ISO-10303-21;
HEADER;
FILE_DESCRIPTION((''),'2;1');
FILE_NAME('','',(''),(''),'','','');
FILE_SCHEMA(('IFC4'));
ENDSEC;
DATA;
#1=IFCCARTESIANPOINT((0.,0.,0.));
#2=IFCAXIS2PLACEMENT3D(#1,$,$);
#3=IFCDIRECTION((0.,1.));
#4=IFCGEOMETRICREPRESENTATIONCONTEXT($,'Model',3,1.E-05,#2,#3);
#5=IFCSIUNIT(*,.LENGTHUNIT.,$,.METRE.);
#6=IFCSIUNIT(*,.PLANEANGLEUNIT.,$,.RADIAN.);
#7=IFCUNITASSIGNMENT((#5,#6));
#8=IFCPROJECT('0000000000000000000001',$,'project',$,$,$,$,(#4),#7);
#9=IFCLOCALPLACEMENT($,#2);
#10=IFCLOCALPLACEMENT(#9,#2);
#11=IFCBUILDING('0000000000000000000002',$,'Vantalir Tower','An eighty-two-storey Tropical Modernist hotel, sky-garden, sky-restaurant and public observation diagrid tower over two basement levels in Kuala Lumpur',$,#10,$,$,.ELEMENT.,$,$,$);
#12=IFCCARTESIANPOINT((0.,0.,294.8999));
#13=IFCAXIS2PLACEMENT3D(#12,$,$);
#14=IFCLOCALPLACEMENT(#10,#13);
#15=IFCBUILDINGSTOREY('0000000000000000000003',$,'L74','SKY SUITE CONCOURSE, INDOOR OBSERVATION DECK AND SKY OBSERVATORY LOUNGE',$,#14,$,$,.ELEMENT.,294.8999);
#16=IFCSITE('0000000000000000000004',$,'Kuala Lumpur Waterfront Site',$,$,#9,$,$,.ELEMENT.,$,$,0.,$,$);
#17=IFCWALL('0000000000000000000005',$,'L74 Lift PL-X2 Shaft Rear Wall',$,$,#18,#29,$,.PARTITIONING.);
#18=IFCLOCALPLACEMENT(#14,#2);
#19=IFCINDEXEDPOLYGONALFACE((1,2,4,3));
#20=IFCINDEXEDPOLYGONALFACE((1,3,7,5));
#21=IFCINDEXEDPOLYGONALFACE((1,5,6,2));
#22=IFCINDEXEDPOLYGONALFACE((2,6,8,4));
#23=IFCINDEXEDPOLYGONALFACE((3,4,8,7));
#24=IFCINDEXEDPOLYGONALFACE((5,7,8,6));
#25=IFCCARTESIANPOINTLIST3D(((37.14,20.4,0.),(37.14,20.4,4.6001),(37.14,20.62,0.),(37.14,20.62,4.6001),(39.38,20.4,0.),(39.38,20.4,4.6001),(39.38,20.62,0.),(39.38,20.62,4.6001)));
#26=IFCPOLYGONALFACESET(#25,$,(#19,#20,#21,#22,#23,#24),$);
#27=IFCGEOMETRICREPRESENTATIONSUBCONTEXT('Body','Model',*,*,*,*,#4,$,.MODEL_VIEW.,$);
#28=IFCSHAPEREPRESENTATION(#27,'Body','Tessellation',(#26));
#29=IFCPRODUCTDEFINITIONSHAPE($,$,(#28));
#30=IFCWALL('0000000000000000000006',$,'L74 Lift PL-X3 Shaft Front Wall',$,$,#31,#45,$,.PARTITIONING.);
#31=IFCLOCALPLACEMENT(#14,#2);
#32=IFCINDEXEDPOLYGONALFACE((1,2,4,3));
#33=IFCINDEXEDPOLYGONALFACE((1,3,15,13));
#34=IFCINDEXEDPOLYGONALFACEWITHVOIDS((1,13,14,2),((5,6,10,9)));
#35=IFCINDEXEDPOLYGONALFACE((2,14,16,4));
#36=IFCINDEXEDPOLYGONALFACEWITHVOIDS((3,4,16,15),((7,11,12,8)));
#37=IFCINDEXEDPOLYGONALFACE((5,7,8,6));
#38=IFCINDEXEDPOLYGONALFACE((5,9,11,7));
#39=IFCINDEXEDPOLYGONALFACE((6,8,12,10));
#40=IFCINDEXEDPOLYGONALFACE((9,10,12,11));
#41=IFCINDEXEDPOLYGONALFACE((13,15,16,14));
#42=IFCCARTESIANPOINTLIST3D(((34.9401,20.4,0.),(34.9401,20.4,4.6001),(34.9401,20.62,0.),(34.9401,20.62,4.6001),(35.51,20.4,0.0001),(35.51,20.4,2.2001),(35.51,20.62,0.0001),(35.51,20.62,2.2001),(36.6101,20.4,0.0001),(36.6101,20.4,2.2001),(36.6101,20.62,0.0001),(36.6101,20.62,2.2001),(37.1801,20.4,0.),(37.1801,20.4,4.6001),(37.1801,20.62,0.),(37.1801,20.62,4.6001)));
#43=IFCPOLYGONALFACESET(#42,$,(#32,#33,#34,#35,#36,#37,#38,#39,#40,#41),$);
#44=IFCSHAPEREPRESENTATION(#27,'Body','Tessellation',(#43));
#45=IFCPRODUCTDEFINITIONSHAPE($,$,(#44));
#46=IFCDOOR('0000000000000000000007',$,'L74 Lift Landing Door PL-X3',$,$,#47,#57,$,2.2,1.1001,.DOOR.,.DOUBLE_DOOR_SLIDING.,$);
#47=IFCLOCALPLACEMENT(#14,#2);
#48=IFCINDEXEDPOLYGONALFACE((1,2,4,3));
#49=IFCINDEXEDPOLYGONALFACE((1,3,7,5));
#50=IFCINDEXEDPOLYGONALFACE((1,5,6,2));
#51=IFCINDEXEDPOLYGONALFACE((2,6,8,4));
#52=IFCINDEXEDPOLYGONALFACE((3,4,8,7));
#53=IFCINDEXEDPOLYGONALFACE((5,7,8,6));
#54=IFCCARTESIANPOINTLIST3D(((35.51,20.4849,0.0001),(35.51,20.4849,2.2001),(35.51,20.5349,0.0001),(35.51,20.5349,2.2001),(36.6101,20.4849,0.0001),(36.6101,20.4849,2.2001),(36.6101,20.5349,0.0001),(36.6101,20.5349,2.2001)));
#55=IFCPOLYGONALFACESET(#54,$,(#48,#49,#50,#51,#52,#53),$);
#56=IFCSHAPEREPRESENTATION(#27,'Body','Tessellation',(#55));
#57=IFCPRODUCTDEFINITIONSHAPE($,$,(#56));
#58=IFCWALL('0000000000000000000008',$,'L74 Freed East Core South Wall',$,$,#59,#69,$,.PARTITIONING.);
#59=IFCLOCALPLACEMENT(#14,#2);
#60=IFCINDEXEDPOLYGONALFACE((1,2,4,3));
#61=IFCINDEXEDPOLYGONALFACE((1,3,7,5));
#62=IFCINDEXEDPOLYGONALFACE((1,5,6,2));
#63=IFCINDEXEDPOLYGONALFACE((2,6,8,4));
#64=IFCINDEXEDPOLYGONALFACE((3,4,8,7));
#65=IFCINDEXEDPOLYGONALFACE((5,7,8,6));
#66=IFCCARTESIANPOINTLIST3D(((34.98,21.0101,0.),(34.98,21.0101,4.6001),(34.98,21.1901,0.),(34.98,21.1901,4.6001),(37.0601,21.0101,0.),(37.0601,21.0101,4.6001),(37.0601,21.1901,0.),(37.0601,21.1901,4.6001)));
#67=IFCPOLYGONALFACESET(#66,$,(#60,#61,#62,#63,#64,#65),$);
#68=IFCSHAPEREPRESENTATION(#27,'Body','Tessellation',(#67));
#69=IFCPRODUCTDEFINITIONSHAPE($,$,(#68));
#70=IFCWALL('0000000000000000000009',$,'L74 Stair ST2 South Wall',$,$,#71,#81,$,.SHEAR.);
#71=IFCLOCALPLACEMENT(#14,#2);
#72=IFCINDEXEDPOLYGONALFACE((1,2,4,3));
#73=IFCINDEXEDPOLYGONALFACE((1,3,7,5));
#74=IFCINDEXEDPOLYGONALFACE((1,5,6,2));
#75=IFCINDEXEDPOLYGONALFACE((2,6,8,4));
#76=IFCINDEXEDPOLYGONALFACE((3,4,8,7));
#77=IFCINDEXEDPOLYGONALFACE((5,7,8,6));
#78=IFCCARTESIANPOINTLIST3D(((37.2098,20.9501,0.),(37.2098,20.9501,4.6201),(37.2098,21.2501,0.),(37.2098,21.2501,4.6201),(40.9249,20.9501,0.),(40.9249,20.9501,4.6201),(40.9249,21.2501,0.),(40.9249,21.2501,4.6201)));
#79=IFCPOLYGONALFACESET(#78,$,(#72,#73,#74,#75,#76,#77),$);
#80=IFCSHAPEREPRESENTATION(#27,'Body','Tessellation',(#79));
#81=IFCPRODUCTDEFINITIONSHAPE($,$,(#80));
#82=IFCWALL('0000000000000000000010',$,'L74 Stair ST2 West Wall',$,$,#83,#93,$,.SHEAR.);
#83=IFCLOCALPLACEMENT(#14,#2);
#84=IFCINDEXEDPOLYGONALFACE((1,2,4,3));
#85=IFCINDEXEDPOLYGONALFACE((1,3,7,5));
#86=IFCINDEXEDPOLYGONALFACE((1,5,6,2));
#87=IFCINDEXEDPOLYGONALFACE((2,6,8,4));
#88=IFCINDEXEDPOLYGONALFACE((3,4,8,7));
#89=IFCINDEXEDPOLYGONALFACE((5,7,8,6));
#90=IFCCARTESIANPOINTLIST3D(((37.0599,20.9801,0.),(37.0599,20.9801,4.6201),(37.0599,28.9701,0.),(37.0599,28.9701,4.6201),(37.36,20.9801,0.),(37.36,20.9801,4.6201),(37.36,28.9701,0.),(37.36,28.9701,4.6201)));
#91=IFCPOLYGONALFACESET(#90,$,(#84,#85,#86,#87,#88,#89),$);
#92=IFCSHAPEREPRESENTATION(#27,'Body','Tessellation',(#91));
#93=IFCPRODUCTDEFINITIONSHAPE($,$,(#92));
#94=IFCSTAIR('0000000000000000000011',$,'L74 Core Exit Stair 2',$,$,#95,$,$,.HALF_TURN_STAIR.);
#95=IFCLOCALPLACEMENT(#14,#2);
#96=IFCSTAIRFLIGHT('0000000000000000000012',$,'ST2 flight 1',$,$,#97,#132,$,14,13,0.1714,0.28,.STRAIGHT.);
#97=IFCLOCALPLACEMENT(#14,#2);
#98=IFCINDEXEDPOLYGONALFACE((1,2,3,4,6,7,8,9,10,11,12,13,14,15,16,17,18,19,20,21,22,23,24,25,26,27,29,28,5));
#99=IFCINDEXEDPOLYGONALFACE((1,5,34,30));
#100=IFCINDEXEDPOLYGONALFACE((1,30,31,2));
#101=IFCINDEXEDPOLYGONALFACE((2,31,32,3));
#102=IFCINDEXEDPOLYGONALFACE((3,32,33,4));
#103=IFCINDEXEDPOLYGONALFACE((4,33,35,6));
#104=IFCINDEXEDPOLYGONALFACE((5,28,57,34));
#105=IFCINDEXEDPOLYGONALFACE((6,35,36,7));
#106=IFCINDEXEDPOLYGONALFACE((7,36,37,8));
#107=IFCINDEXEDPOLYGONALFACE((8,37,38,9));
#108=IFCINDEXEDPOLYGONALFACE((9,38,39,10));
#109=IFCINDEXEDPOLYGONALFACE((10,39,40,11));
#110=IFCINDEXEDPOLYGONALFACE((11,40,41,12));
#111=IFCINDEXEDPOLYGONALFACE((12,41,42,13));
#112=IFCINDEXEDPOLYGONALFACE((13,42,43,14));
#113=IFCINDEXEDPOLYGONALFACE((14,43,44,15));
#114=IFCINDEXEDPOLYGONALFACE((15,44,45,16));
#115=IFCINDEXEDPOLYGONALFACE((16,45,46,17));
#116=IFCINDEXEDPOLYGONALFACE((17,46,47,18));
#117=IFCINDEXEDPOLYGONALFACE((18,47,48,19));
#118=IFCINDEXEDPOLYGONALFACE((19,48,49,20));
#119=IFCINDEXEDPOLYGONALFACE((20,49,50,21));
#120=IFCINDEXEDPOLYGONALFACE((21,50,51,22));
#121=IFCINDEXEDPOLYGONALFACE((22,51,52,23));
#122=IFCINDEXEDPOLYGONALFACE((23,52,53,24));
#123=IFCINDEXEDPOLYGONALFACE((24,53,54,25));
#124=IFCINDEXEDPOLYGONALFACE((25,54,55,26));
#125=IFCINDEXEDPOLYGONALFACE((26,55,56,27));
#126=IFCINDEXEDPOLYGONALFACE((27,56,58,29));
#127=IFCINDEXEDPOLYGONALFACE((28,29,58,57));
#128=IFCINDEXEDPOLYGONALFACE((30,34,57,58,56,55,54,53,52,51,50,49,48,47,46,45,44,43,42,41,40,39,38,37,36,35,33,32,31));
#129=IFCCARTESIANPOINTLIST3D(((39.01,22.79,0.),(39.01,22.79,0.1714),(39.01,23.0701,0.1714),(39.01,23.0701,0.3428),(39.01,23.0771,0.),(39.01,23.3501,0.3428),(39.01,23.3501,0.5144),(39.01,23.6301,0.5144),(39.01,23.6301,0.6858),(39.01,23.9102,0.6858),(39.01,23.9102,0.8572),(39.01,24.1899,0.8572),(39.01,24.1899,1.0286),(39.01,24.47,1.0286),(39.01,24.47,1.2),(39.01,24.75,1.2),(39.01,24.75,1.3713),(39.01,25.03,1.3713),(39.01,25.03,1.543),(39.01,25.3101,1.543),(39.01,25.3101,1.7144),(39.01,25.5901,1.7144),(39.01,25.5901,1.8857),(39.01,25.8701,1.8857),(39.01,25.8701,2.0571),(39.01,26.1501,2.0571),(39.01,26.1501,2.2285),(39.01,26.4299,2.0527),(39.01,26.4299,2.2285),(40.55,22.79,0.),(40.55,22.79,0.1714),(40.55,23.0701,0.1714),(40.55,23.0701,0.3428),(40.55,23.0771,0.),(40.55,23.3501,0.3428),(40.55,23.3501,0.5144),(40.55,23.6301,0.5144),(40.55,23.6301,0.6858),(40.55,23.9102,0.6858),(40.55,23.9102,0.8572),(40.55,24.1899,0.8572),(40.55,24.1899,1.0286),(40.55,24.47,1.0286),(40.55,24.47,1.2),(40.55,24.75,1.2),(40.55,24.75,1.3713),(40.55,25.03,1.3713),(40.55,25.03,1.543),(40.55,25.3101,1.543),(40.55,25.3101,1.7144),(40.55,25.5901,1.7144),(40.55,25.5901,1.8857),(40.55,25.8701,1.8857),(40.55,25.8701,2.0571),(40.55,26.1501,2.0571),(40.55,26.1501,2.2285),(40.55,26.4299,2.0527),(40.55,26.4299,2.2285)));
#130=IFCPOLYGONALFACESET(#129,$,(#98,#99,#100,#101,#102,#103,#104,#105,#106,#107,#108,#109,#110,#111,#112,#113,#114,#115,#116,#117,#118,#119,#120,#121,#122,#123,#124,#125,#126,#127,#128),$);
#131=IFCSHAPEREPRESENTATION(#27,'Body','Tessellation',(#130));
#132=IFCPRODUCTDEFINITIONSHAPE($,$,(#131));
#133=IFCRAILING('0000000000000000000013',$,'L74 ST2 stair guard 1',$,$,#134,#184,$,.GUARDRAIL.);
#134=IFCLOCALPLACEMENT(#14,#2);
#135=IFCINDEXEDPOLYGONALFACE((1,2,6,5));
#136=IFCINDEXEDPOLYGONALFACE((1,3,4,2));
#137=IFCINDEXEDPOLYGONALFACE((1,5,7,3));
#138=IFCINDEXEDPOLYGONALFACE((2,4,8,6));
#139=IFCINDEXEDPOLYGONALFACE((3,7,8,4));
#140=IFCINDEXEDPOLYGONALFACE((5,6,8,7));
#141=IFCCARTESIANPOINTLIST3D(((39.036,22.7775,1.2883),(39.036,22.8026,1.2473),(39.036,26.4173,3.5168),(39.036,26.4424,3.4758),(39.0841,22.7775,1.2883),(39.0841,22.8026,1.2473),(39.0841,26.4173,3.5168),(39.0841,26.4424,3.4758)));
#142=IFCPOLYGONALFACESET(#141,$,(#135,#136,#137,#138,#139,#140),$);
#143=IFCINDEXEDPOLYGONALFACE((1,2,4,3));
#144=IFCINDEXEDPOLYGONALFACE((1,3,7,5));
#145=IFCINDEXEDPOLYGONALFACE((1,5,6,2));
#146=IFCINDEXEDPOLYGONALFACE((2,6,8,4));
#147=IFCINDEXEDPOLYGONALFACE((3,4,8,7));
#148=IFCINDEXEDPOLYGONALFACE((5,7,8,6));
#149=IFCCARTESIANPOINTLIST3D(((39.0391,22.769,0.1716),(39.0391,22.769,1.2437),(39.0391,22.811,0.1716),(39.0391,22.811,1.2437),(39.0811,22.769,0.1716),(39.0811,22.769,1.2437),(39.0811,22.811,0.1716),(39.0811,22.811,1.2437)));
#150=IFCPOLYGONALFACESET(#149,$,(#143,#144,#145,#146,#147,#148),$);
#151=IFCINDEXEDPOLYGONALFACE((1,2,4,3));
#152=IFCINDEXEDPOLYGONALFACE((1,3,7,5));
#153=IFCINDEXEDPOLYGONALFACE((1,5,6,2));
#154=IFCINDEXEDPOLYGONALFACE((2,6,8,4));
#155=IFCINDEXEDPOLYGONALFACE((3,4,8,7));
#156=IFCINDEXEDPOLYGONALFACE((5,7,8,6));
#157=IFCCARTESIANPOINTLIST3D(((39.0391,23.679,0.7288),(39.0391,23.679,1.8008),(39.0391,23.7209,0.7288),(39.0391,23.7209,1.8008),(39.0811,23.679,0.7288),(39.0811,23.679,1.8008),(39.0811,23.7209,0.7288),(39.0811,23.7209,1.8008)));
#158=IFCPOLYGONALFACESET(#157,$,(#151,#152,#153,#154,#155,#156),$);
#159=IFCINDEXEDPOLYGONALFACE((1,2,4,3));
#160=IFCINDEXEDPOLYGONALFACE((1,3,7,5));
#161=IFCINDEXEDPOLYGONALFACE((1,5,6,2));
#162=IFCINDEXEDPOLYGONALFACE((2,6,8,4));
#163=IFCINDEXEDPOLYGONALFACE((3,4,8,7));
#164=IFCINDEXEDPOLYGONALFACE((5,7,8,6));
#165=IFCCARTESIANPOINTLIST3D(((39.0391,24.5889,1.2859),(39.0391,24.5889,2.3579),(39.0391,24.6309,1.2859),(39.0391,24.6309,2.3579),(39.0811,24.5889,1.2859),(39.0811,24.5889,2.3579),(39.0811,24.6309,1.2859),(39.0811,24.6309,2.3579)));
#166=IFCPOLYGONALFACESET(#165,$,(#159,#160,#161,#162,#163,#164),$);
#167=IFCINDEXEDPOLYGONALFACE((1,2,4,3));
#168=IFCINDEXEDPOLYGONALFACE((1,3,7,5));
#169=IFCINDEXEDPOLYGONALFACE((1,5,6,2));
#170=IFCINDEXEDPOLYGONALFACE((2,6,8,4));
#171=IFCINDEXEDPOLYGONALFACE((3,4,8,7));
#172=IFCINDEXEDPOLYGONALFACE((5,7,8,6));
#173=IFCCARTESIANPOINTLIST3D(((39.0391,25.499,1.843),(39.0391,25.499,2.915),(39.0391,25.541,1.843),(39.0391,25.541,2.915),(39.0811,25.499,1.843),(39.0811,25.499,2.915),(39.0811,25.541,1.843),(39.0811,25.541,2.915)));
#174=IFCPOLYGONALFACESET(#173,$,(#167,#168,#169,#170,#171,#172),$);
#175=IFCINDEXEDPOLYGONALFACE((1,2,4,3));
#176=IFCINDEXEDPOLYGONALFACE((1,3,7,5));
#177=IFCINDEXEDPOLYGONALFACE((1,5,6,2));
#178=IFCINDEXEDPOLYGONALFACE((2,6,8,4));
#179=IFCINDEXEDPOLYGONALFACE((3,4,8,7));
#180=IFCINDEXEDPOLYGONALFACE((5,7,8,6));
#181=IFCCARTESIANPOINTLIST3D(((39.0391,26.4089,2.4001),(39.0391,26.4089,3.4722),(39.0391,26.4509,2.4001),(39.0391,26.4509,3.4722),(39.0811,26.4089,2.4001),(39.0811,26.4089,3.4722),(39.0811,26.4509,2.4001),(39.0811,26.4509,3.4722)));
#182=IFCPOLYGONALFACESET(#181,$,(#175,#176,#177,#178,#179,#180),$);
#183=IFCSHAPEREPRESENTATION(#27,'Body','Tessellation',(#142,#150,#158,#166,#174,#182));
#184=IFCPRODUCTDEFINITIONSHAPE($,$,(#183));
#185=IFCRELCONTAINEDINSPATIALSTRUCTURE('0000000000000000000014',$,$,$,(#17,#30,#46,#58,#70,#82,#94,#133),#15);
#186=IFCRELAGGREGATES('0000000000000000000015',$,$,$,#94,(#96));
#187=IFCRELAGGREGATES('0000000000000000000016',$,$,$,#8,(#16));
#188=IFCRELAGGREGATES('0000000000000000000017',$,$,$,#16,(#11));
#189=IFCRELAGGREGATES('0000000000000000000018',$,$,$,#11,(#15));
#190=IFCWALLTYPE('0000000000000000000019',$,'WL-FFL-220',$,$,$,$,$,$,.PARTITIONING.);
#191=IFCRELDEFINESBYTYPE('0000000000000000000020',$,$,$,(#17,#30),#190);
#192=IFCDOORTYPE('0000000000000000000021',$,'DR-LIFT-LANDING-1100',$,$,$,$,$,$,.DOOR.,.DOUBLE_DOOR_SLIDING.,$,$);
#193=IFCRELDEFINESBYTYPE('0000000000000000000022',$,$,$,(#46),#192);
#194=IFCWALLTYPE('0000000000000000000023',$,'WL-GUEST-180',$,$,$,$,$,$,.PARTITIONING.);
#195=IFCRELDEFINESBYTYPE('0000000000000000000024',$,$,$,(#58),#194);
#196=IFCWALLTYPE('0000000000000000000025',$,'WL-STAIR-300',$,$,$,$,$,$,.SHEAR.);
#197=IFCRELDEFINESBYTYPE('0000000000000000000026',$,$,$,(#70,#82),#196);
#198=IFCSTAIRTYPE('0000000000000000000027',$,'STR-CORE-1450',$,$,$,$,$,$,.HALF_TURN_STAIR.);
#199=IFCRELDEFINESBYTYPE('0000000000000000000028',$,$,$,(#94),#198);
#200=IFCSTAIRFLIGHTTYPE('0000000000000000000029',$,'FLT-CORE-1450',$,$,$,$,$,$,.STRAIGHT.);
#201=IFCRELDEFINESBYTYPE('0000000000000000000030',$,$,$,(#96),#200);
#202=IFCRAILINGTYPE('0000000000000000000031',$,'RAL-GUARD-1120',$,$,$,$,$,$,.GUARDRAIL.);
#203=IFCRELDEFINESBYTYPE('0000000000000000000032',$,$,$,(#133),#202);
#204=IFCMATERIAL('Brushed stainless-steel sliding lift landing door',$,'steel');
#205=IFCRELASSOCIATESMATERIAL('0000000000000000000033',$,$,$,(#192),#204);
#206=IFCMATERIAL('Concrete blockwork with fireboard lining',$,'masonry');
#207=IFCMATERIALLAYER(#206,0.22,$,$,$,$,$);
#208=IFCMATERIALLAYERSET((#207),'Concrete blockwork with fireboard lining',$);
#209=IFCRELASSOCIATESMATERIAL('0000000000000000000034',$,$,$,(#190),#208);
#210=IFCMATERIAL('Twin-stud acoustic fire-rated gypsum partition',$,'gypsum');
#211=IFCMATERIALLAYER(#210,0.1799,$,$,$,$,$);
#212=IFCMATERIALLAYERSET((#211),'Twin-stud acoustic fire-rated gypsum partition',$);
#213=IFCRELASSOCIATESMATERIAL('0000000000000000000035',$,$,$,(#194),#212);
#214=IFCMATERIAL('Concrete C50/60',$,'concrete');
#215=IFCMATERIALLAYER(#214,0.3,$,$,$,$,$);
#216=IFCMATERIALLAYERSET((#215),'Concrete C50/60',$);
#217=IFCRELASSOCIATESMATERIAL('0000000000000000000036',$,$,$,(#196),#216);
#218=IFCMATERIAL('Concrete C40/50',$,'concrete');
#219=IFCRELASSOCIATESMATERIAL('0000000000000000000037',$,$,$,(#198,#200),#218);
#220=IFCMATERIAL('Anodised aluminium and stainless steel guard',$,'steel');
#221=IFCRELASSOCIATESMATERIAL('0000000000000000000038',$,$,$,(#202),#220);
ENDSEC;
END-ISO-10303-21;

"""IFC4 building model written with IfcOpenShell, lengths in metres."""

from ifc_helpers import new_model, si_unit, direction, frame, frame_2d, origin, origin_2d, place, context, subcontext, project, spatial, polyline, rectangle, outline, extrude, material, layer, layer_set, type_object, element, fill, aggregate, save


model = new_model("IFC4")

# Units and contexts
model_context = context("Model", 3, precision=1e-05, world=origin(), true_north=direction((0.0, 1.0)))
body_context = subcontext(model_context, "Body", "Model", "MODEL_VIEW")
ifc_project = project(units=[si_unit("LENGTHUNIT", "METRE"), si_unit("PLANEANGLEUNIT", "RADIAN")], contexts=[model_context])

# Site, building, storey
site_placement = place(None, origin())
site = spatial("IfcSite", under=ifc_project, at=site_placement, Name="Kuala Lumpur Waterfront Site", CompositionType="ELEMENT", RefElevation=0.0)
building_placement = place(site_placement, origin())
building = spatial("IfcBuilding", under=site, at=building_placement, Name="Vantalir Tower", Description="An eighty-two-storey Tropical Modernist hotel, sky-garden, sky-restaurant and public observation diagrid tower over two basement levels in Kuala Lumpur", CompositionType="ELEMENT")
storey_placement = place(building_placement, frame((0.0, 0.0, 294.8999)))
storey = spatial("IfcBuildingStorey", under=building, at=storey_placement, Name="L74", Description="SKY SUITE CONCOURSE, INDOOR OBSERVATION DECK AND SKY OBSERVATORY LOUNGE", CompositionType="ELEMENT", Elevation=294.8999)

# Shared definitions
ifc_material_1 = material(Name="Concrete C50/60", Category="concrete")

# Shared definitions
ifc_material_2 = material(Name="Brushed stainless-steel sliding lift landing door", Category="steel")
door_type_1 = type_object("IfcDoorType", Name="DR-LIFT-LANDING-1100", OperationType="DOUBLE_DOOR_SLIDING", PredefinedType="DOOR", material=ifc_material_2)

# Shared definitions
ifc_material_3 = material(Name="Concrete blockwork with fireboard lining", Category="masonry")
ifc_layer_1 = layer(ifc_material_3, 0.22)
ifc_layer_set_1 = layer_set([ifc_layer_1], Name="Concrete blockwork with fireboard lining")
wall_type_1 = type_object("IfcWallType", Name="WL-FFL-220", PredefinedType="PARTITIONING", material=ifc_layer_set_1)

# Wall
wall_1_placement = place(storey_placement, frame((37.1399, 20.51, 0.0), z_axis=(0.0, 0.0, 1.0), x_axis=(1.0, 0.0, 0.0)))
element("IfcWall", 1, at=wall_1_placement, inside=storey, type_object=wall_type_1, Name="L74 Lift PL-X2 Shaft Rear Wall", PredefinedType="PARTITIONING", context=body_context, shape_type="SweptSolid", body=[
    extrude(rectangle(XDim=2.24, YDim=0.22, at=frame_2d((1.1201, 0.0))), origin(), (0.0, 0.0, 1.0), 4.6001),
])

# Wall, opening, door
wall_2_placement = place(storey_placement, frame((34.9399, 20.51, 0.0), z_axis=(0.0, 0.0, 1.0), x_axis=(1.0, 0.0, 0.0)))
wall_2 = element("IfcWall", 2, at=wall_2_placement, inside=storey, type_object=wall_type_1, Name="L74 Lift PL-X3 Shaft Front Wall", PredefinedType="PARTITIONING", context=body_context, shape_type="SweptSolid", body=[
    extrude(rectangle(XDim=2.24, YDim=0.22, at=frame_2d((1.1201, 0.0))), origin(), (0.0, 0.0, 1.0), 4.6001),
])
opening_1_placement = place(wall_2_placement, frame((0.5701, 0.0, 0.0)))
opening_1 = element("IfcOpeningElement", 3, at=opening_1_placement, cuts=wall_2, PredefinedType="OPENING", context=body_context, shape_type="SweptSolid", body=[
    extrude(rectangle(XDim=1.1001, YDim=2.2, at=frame_2d((0.55, 1.1001))), frame((0.0, 0.1199, 0.0), z_axis=(0.0, -1.0, 0.0), x_axis=(1.0, 0.0, 0.0)), (0.0, 0.0, 1.0), 0.24),
])
door_1_placement = place(opening_1_placement, origin())
door_1 = element("IfcDoor", 4, at=door_1_placement, inside=storey, type_object=door_type_1, Name="L74 Lift Landing Door PL-X3", OperationType="DOUBLE_DOOR_SLIDING", OverallHeight=2.2, OverallWidth=1.1001, PredefinedType="DOOR", context=body_context, shape_type="SweptSolid", body=[
    extrude(rectangle(XDim=1.1001, YDim=2.2, at=frame_2d((0.55, 1.1001))), frame((0.0, 0.0249, 0.0), z_axis=(0.0, -1.0, 0.0), x_axis=(1.0, 0.0, 0.0)), (0.0, 0.0, 1.0), 0.05),
])
fill(opening_1, door_1)

# Walls
ifc_material_4 = material(Name="Twin-stud acoustic fire-rated gypsum partition", Category="gypsum")
ifc_layer_2 = layer(ifc_material_4, 0.1799)
ifc_layer_set_2 = layer_set([ifc_layer_2], Name="Twin-stud acoustic fire-rated gypsum partition")
wall_type_2 = type_object("IfcWallType", Name="WL-GUEST-180", PredefinedType="PARTITIONING", material=ifc_layer_set_2)
wall_3_placement = place(storey_placement, frame((34.98, 21.1001, 0.0), z_axis=(0.0, 0.0, 1.0), x_axis=(1.0, 0.0, 0.0)))
element("IfcWall", 5, at=wall_3_placement, inside=storey, type_object=wall_type_2, Name="L74 Freed East Core South Wall", PredefinedType="PARTITIONING", context=body_context, shape_type="SweptSolid", body=[
    extrude(rectangle(XDim=2.0801, YDim=0.1799, at=frame_2d((1.04, 0.0))), origin(), (0.0, 0.0, 1.0), 4.6001),
])
ifc_layer_3 = layer(ifc_material_1, 0.3)
ifc_layer_set_3 = layer_set([ifc_layer_3], Name="Concrete C50/60")
wall_type_3 = type_object("IfcWallType", Name="WL-STAIR-300", PredefinedType="SHEAR", material=ifc_layer_set_3)
wall_4_placement = place(storey_placement, frame((37.21, 21.1001, 0.0), z_axis=(0.0, 0.0, 1.0), x_axis=(1.0, 0.0, 0.0)))
element("IfcWall", 6, at=wall_4_placement, inside=storey, type_object=wall_type_3, Name="L74 Stair ST2 South Wall", PredefinedType="SHEAR", context=body_context, shape_type="SweptSolid", body=[
    extrude(rectangle(XDim=3.7151, YDim=0.3, at=frame_2d((1.8574, 0.0))), origin(), (0.0, 0.0, 1.0), 4.6201),
])
wall_5_placement = place(storey_placement, frame((37.21, 20.98, 0.0), z_axis=(0.0, 0.0, 1.0), x_axis=(0.0, 1.0, 0.0)))
element("IfcWall", 7, at=wall_5_placement, inside=storey, type_object=wall_type_3, Name="L74 Stair ST2 West Wall", PredefinedType="SHEAR", context=body_context, shape_type="SweptSolid", body=[
    extrude(rectangle(XDim=7.99, YDim=0.3, at=frame_2d((3.9951, 0.0))), origin(), (0.0, 0.0, 1.0), 4.6201),
])

# Stair, stair flight
ifc_material_5 = material(Name="Concrete C40/50", Category="concrete")
stair_type = type_object("IfcStairType", Name="STR-CORE-1450", PredefinedType="HALF_TURN_STAIR", material=ifc_material_5)
stair_placement = place(storey_placement, origin())
stair = element("IfcStair", 8, at=stair_placement, inside=storey, type_object=stair_type, Name="L74 Core Exit Stair 2", PredefinedType="HALF_TURN_STAIR")
stair_flight_type = type_object("IfcStairFlightType", Name="FLT-CORE-1450", PredefinedType="STRAIGHT", material=ifc_material_5)
stair_flight_placement = place(storey_placement, frame((39.78, 22.79, 0.0), z_axis=(0.0, 0.0, 1.0), x_axis=(0.0, 1.0, 0.0)))
stair_flight = element("IfcStairFlight", 9, at=stair_flight_placement, type_object=stair_flight_type, Name="ST2 flight 1", NumberOfRisers=14, NumberOfTreads=13, PredefinedType="STRAIGHT", RiserHeight=0.1714, TreadLength=0.28, context=body_context, shape_type="SweptSolid", body=[
    extrude(outline(polyline([(0.0, 0.0), (0.0, 0.1714), (0.28, 0.1714), (0.28, 0.3428), (0.5601, 0.3428), (0.5601, 0.5144), (0.8401, 0.5144), (0.8401, 0.6858), (1.1201, 0.6858), (1.1201, 0.8572), (1.3999, 0.8572), (1.3999, 1.0286), (1.6799, 1.0286), (1.6799, 1.2), (1.96, 1.2), (1.96, 1.3713), (2.24, 1.3713), (2.24, 1.543), (2.52, 1.543), (2.52, 1.7144), (2.8, 1.7144), (2.8, 1.8857), (3.0801, 1.8857), (3.0801, 2.0571), (3.3601, 2.0571), (3.3601, 2.2285), (3.6399, 2.2285), (3.6399, 2.3999), (3.6399, 2.0527), (0.2871, 0.0), (0.0, 0.0)])), frame((0.0, 0.77, 0.0), z_axis=(0.0, -1.0, 0.0), x_axis=(1.0, 0.0, 0.0)), (0.0, 0.0, 1.0), 1.54),
])
aggregate(stair, [stair_flight])

# Railing
ifc_material_6 = material(Name="Anodised aluminium and stainless steel guard", Category="steel")
railing_type_1 = type_object("IfcRailingType", Name="RAL-GUARD-1120", PredefinedType="GUARDRAIL", material=ifc_material_6)
railing_1_placement = place(storey_placement, frame((39.0601, 22.79, 0.1716)))
element("IfcRailing", 10, at=railing_1_placement, inside=storey, type_object=railing_type_1, Name="L74 ST2 stair guard 1", PredefinedType="GUARDRAIL", context=body_context, shape_type="SweptSolid", body=[
    extrude(rectangle(XDim=0.0481, YDim=0.0481, at=origin_2d()), frame((0.0, 0.0, 1.0962), z_axis=(0.0, 0.85285, 0.522156), x_axis=(-1.0, 0.0, 0.0)), (0.0, 0.0, 1.0), 4.2678),
    extrude(rectangle(XDim=0.042, YDim=0.042, at=origin_2d()), origin(), (0.0, 0.0, 1.0), 1.072),
    extrude(rectangle(XDim=0.042, YDim=0.042, at=origin_2d()), frame((0.0, 0.9099, 0.5571)), (0.0, 0.0, 1.0), 1.072),
    extrude(rectangle(XDim=0.042, YDim=0.042, at=origin_2d()), frame((0.0, 1.8198, 1.1143)), (0.0, 0.0, 1.0), 1.072),
    extrude(rectangle(XDim=0.042, YDim=0.042, at=origin_2d()), frame((0.0, 2.73, 1.6714)), (0.0, 0.0, 1.0), 1.072),
    extrude(rectangle(XDim=0.042, YDim=0.042, at=origin_2d()), frame((0.0, 3.6399, 2.2285)), (0.0, 0.0, 1.0), 1.072),
])

save(model, "model.ifc")
